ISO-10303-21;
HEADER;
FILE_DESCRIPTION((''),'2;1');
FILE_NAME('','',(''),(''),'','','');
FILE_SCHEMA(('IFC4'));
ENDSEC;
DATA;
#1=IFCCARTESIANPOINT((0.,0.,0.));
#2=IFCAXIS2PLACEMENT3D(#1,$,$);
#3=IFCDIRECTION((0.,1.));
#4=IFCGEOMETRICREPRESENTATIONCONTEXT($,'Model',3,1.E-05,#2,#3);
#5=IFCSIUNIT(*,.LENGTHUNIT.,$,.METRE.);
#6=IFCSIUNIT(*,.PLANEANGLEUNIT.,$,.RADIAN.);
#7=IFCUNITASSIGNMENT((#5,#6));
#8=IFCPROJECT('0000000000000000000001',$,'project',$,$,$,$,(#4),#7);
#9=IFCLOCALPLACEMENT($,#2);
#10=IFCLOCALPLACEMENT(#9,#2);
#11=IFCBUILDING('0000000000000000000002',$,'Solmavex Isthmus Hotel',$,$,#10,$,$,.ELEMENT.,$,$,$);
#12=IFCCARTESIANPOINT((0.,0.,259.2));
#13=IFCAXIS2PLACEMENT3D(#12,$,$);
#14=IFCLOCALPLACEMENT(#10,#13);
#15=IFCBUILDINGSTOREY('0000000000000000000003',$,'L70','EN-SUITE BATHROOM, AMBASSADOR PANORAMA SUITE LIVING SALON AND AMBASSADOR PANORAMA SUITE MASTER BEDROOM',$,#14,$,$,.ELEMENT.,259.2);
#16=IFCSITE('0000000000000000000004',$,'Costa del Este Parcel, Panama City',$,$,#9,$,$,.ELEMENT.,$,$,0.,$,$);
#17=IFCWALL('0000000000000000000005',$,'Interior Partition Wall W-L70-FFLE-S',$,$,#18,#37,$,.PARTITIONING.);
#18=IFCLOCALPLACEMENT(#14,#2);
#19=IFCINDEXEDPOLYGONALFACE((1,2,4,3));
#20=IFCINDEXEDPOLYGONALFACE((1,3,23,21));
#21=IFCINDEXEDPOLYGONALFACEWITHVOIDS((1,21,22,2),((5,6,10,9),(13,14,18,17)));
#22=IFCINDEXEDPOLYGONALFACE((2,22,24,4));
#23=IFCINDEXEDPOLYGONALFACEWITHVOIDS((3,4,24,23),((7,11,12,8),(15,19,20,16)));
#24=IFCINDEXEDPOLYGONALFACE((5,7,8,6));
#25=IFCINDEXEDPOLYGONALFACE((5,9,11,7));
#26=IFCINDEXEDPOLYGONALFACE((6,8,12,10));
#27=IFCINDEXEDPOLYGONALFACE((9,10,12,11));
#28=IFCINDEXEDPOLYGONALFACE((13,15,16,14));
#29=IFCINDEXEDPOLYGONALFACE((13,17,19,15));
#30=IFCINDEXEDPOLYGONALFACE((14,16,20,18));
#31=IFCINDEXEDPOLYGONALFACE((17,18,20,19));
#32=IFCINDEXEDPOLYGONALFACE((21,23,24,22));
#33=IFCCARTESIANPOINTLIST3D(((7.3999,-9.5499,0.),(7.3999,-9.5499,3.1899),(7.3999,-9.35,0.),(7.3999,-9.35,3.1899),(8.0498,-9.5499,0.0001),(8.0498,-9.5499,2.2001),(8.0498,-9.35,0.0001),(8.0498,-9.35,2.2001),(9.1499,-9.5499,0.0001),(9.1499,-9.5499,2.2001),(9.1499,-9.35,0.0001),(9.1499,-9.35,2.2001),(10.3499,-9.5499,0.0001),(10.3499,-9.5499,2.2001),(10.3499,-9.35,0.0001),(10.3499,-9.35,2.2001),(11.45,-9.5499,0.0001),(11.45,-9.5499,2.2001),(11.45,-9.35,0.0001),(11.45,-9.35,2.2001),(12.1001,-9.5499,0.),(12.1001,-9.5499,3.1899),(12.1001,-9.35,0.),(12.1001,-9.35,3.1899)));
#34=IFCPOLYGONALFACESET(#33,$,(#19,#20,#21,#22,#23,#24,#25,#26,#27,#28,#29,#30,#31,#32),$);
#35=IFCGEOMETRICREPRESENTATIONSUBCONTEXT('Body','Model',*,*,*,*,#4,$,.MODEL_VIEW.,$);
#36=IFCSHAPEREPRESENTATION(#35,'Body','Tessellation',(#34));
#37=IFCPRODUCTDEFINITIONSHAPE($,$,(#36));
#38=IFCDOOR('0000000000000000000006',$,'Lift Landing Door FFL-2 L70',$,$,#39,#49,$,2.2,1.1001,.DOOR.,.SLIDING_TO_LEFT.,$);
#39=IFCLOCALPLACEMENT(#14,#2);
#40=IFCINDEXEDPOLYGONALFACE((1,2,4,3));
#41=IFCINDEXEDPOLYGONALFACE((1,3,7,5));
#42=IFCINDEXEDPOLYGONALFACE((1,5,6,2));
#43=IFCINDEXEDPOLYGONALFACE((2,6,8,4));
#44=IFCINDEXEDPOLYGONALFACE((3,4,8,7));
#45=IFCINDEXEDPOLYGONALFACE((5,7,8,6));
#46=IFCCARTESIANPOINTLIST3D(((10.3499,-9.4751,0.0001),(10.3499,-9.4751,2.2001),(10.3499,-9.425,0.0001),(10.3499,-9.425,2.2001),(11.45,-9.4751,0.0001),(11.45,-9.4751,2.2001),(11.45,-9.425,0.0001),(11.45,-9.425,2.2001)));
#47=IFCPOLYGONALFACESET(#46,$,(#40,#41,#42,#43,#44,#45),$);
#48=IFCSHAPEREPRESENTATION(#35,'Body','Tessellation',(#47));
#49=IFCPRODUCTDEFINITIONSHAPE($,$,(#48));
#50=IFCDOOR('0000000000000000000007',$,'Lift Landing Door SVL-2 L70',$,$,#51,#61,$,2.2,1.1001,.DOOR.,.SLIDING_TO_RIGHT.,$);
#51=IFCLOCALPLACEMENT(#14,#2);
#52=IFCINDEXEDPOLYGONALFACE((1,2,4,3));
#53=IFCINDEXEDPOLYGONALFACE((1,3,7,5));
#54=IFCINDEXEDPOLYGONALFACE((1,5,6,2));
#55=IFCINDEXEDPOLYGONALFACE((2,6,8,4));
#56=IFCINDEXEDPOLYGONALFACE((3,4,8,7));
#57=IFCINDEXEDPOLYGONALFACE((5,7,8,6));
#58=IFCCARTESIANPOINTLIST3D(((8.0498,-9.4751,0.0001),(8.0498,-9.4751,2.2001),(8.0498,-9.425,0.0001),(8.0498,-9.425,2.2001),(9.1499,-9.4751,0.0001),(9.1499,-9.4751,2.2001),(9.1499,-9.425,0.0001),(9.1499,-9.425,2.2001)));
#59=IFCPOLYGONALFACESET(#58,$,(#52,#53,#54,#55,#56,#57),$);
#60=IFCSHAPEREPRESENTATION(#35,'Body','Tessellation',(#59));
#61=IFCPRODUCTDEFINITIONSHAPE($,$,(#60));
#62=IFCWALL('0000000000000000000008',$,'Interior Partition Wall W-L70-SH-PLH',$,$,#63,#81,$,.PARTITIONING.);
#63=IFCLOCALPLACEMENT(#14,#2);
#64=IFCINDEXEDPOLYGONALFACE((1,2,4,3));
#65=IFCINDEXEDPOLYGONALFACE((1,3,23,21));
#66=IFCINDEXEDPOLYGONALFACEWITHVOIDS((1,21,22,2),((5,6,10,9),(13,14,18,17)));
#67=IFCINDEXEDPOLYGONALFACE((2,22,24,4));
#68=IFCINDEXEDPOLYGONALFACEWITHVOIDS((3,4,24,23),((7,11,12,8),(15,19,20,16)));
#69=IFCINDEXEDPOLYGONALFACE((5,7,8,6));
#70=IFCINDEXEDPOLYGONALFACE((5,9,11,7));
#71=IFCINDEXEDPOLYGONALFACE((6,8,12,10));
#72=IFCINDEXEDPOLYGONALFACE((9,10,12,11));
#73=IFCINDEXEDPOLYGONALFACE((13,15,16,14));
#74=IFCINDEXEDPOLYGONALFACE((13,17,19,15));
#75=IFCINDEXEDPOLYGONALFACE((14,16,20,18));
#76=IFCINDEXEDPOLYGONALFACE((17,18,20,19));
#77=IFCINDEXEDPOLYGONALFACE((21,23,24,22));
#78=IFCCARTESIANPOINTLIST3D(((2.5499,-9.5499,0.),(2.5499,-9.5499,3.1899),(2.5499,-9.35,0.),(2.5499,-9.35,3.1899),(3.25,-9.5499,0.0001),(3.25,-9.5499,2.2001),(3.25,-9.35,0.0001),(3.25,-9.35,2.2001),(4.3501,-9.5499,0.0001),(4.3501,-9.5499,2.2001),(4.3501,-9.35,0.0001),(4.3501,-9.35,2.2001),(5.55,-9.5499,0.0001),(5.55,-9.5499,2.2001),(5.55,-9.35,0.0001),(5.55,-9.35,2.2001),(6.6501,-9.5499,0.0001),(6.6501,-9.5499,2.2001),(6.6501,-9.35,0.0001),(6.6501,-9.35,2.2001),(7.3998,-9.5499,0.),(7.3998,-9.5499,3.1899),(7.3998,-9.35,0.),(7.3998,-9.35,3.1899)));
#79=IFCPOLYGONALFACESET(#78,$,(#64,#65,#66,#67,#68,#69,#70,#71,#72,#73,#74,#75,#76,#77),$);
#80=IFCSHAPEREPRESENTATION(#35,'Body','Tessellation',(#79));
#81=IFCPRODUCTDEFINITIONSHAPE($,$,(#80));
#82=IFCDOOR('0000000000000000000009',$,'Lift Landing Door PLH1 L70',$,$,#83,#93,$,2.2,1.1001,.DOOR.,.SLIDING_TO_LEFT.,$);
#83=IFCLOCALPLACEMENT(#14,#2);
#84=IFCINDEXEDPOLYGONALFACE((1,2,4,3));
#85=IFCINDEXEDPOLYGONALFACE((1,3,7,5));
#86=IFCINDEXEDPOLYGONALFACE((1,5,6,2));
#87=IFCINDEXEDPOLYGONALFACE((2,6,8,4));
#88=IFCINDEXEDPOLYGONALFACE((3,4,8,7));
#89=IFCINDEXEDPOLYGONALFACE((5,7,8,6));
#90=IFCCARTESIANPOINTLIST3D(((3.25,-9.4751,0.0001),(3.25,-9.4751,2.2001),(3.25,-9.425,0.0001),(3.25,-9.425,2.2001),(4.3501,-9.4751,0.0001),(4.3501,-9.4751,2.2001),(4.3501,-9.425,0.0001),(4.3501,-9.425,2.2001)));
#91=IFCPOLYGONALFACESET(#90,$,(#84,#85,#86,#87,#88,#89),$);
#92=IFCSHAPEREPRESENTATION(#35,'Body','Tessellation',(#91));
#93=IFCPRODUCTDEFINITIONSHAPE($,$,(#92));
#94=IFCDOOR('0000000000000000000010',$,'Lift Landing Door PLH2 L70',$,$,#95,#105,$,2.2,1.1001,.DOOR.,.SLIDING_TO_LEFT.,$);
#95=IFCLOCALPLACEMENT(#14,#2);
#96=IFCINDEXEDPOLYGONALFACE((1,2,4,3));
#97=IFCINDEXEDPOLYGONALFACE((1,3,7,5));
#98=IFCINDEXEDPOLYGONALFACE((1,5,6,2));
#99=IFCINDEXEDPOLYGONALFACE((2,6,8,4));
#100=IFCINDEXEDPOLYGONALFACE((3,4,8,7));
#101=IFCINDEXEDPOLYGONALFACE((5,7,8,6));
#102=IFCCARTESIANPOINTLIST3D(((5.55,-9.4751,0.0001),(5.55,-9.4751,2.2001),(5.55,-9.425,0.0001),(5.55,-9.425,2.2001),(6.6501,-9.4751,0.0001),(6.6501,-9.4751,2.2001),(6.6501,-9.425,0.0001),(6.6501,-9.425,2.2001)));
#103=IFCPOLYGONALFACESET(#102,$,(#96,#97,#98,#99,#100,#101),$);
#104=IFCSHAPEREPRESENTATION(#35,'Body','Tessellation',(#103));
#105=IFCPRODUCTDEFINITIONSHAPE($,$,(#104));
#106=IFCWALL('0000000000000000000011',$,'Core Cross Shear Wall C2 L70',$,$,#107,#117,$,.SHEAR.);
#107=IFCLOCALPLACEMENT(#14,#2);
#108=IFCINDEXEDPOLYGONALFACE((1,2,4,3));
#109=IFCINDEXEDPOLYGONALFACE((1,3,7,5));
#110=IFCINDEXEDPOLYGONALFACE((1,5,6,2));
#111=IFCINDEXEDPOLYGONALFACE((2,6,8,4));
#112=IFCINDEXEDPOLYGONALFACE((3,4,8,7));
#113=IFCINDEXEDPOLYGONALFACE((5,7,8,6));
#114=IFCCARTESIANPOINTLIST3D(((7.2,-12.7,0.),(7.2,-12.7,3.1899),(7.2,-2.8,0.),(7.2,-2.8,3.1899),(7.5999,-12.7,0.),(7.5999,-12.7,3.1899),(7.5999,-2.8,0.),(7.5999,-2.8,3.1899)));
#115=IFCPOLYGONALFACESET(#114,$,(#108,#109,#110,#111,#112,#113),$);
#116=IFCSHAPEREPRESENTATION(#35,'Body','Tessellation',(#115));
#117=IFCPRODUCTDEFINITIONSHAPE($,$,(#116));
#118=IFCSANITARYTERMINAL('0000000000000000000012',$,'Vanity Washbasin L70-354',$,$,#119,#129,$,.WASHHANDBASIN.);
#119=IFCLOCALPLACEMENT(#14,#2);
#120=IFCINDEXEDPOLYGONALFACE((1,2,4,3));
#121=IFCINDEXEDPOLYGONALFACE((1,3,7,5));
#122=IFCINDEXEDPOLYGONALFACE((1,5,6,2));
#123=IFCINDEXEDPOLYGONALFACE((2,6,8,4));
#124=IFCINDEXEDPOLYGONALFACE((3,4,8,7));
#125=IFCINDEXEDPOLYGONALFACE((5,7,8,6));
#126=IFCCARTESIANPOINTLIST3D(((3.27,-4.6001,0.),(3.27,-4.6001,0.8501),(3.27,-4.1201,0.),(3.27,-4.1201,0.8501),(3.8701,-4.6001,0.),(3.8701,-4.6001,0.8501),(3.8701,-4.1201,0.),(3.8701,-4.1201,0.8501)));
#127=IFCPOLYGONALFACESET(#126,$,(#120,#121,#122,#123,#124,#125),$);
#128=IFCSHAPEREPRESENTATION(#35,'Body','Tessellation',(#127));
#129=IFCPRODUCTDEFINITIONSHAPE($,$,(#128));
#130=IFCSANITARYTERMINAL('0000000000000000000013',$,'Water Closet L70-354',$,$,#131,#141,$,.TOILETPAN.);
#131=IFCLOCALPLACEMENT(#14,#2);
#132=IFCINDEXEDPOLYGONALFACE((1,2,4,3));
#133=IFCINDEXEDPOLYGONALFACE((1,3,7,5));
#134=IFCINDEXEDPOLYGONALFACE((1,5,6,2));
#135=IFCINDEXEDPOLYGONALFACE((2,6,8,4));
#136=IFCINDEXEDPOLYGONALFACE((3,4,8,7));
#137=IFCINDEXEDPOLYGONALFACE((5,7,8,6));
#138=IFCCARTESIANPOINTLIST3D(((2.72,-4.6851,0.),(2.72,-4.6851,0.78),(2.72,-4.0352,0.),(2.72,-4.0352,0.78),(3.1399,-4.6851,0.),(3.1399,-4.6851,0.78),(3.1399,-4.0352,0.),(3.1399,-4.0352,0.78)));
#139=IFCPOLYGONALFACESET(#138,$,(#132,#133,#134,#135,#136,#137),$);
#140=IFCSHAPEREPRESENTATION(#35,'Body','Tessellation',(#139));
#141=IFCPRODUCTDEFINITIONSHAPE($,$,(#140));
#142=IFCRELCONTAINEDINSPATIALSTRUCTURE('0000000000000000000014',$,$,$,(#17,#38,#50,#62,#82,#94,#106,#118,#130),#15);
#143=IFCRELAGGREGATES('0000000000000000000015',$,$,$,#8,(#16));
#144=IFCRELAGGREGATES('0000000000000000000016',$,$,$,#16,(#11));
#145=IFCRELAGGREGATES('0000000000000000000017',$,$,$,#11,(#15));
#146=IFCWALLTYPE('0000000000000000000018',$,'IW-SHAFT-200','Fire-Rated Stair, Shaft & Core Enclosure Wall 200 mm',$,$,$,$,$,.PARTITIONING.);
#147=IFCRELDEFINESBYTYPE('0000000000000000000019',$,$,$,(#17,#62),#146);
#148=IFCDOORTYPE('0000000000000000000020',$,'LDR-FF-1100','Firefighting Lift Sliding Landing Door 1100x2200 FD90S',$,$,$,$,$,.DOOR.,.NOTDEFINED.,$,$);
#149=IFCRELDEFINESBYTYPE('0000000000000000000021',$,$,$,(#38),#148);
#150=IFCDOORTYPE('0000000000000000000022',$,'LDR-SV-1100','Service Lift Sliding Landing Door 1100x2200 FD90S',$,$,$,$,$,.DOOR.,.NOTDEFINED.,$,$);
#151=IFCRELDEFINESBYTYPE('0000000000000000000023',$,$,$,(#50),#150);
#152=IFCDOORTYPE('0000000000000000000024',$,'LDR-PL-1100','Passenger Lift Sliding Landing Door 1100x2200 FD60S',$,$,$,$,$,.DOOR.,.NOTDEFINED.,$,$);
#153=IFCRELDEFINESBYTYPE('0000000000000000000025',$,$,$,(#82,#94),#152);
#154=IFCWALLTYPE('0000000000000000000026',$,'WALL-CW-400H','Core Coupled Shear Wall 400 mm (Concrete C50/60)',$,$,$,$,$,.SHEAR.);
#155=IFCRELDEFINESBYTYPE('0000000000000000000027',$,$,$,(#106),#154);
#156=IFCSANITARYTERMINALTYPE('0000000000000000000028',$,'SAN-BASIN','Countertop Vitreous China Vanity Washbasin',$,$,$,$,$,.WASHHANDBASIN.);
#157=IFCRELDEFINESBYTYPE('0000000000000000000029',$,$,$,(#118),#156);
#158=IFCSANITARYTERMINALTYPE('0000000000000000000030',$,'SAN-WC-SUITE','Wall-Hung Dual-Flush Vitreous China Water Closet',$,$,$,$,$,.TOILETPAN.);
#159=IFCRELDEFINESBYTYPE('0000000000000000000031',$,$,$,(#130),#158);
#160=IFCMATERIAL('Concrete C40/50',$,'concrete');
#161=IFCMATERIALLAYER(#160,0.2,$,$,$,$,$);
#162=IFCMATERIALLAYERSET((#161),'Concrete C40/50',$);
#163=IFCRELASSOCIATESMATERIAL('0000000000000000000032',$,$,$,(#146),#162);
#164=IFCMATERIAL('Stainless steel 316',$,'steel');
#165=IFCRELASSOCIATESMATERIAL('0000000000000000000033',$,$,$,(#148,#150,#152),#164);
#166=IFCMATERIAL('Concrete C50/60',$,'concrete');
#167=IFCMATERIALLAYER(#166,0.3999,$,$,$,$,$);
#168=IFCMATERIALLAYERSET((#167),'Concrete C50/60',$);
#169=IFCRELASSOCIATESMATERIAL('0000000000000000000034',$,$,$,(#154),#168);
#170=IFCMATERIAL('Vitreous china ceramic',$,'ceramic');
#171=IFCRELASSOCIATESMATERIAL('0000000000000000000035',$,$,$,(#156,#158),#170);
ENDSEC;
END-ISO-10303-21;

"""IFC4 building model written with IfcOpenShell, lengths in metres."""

from ifc_helpers import new_model, si_unit, direction, frame, frame_2d, origin, origin_2d, place, context, subcontext, project, spatial, rectangle, extrude, material, layer, layer_set, type_object, element, fill, save


model = new_model("IFC4")

# Units and contexts
model_context = context("Model", 3, precision=1e-05, world=origin(), true_north=direction((0.0, 1.0)))
body_context = subcontext(model_context, "Body", "Model", "MODEL_VIEW")
ifc_project = project(units=[si_unit("LENGTHUNIT", "METRE"), si_unit("PLANEANGLEUNIT", "RADIAN")], contexts=[model_context])

# Site, building, storey
site_placement = place(None, origin())
site = spatial("IfcSite", under=ifc_project, at=site_placement, Name="Costa del Este Parcel, Panama City", CompositionType="ELEMENT", RefElevation=0.0)
building_placement = place(site_placement, origin())
building = spatial("IfcBuilding", under=site, at=building_placement, Name="Solmavex Isthmus Hotel", CompositionType="ELEMENT")
storey_placement = place(building_placement, frame((0.0, 0.0, 259.2)))
storey = spatial("IfcBuildingStorey", under=building, at=storey_placement, Name="L70", Description="EN-SUITE BATHROOM, AMBASSADOR PANORAMA SUITE LIVING SALON AND AMBASSADOR PANORAMA SUITE MASTER BEDROOM", CompositionType="ELEMENT", Elevation=259.2)

# Shared definitions
ifc_material_1 = material(Name="Concrete C50/60", Category="concrete")

# Shared definitions
ifc_material_2 = material(Name="Concrete C40/50", Category="concrete")

# Walls, openings, doors
ifc_layer_1 = layer(ifc_material_2, 0.2)
ifc_layer_set_1 = layer_set([ifc_layer_1], Name="Concrete C40/50")
wall_type_1 = type_object("IfcWallType", Name="IW-SHAFT-200", Description="Fire-Rated Stair, Shaft & Core Enclosure Wall 200 mm", PredefinedType="PARTITIONING", material=ifc_layer_set_1)
wall_1_placement = place(storey_placement, frame((7.3999, -9.45, 0.0), z_axis=(0.0, 0.0, 1.0), x_axis=(1.0, 0.0, 0.0)))
wall_1 = element("IfcWall", 1, at=wall_1_placement, inside=storey, type_object=wall_type_1, Name="Interior Partition Wall W-L70-FFLE-S", PredefinedType="PARTITIONING", context=body_context, shape_type="SweptSolid", body=[
    extrude(rectangle(XDim=4.7002, YDim=0.2, at=frame_2d((2.3501, 0.0))), origin(), (0.0, 0.0, 1.0), 3.1899),
])
opening_1_placement = place(wall_1_placement, frame((2.95, 0.0, 0.0)))
opening_1 = element("IfcOpeningElement", 2, at=opening_1_placement, cuts=wall_1, PredefinedType="OPENING", context=body_context, shape_type="SweptSolid", body=[
    extrude(rectangle(XDim=1.1001, YDim=2.2, at=frame_2d((0.55, 1.1001))), frame((0.0, 0.1099, 0.0), z_axis=(0.0, -1.0, 0.0), x_axis=(1.0, 0.0, 0.0)), (0.0, 0.0, 1.0), 0.22),
])
opening_2_placement = place(wall_1_placement, frame((0.6499, 0.0, 0.0)))
opening_2 = element("IfcOpeningElement", 3, at=opening_2_placement, cuts=wall_1, PredefinedType="OPENING", context=body_context, shape_type="SweptSolid", body=[
    extrude(rectangle(XDim=1.1001, YDim=2.2, at=frame_2d((0.55, 1.1001))), frame((0.0, 0.1099, 0.0), z_axis=(0.0, -1.0, 0.0), x_axis=(1.0, 0.0, 0.0)), (0.0, 0.0, 1.0), 0.22),
])
ifc_material_3 = material(Name="Stainless steel 316", Category="steel")
door_type_1 = type_object("IfcDoorType", Name="LDR-FF-1100", Description="Firefighting Lift Sliding Landing Door 1100x2200 FD90S", OperationType="NOTDEFINED", PredefinedType="DOOR", material=ifc_material_3)
door_1_placement = place(opening_1_placement, origin())
door_1 = element("IfcDoor", 4, at=door_1_placement, inside=storey, type_object=door_type_1, Name="Lift Landing Door FFL-2 L70", OperationType="SLIDING_TO_LEFT", OverallHeight=2.2, OverallWidth=1.1001, PredefinedType="DOOR", context=body_context, shape_type="SweptSolid", body=[
    extrude(rectangle(XDim=1.1001, YDim=2.2, at=frame_2d((0.55, 1.1001))), frame((0.0, 0.0249, 0.0), z_axis=(0.0, -1.0, 0.0), x_axis=(1.0, 0.0, 0.0)), (0.0, 0.0, 1.0), 0.05),
])
fill(opening_1, door_1)
door_type_2 = type_object("IfcDoorType", Name="LDR-SV-1100", Description="Service Lift Sliding Landing Door 1100x2200 FD90S", OperationType="NOTDEFINED", PredefinedType="DOOR", material=ifc_material_3)
door_2_placement = place(opening_2_placement, origin())
door_2 = element("IfcDoor", 5, at=door_2_placement, inside=storey, type_object=door_type_2, Name="Lift Landing Door SVL-2 L70", OperationType="SLIDING_TO_RIGHT", OverallHeight=2.2, OverallWidth=1.1001, PredefinedType="DOOR", context=body_context, shape_type="SweptSolid", body=[
    extrude(rectangle(XDim=1.1001, YDim=2.2, at=frame_2d((0.55, 1.1001))), frame((0.0, 0.0249, 0.0), z_axis=(0.0, -1.0, 0.0), x_axis=(1.0, 0.0, 0.0)), (0.0, 0.0, 1.0), 0.05),
])
fill(opening_2, door_2)
wall_2_placement = place(storey_placement, frame((2.55, -9.45, 0.0), z_axis=(0.0, 0.0, 1.0), x_axis=(1.0, 0.0, 0.0)))
wall_2 = element("IfcWall", 6, at=wall_2_placement, inside=storey, type_object=wall_type_1, Name="Interior Partition Wall W-L70-SH-PLH", PredefinedType="PARTITIONING", context=body_context, shape_type="SweptSolid", body=[
    extrude(rectangle(XDim=4.8499, YDim=0.2, at=frame_2d((2.4248, 0.0))), origin(), (0.0, 0.0, 1.0), 3.1899),
])
opening_3_placement = place(wall_2_placement, frame((0.7, 0.0, 0.0)))
opening_3 = element("IfcOpeningElement", 7, at=opening_3_placement, cuts=wall_2, PredefinedType="OPENING", context=body_context, shape_type="SweptSolid", body=[
    extrude(rectangle(XDim=1.1001, YDim=2.2, at=frame_2d((0.55, 1.1001))), frame((0.0, 0.1099, 0.0), z_axis=(0.0, -1.0, 0.0), x_axis=(1.0, 0.0, 0.0)), (0.0, 0.0, 1.0), 0.22),
])
opening_4_placement = place(wall_2_placement, frame((3.0, 0.0, 0.0)))
opening_4 = element("IfcOpeningElement", 8, at=opening_4_placement, cuts=wall_2, PredefinedType="OPENING", context=body_context, shape_type="SweptSolid", body=[
    extrude(rectangle(XDim=1.1001, YDim=2.2, at=frame_2d((0.55, 1.1001))), frame((0.0, 0.1099, 0.0), z_axis=(0.0, -1.0, 0.0), x_axis=(1.0, 0.0, 0.0)), (0.0, 0.0, 1.0), 0.22),
])
door_type_3 = type_object("IfcDoorType", Name="LDR-PL-1100", Description="Passenger Lift Sliding Landing Door 1100x2200 FD60S", OperationType="NOTDEFINED", PredefinedType="DOOR", material=ifc_material_3)
door_3_placement = place(opening_3_placement, origin())
door_3 = element("IfcDoor", 9, at=door_3_placement, inside=storey, type_object=door_type_3, Name="Lift Landing Door PLH1 L70", OperationType="SLIDING_TO_LEFT", OverallHeight=2.2, OverallWidth=1.1001, PredefinedType="DOOR", context=body_context, shape_type="SweptSolid", body=[
    extrude(rectangle(XDim=1.1001, YDim=2.2, at=frame_2d((0.55, 1.1001))), frame((0.0, 0.0249, 0.0), z_axis=(0.0, -1.0, 0.0), x_axis=(1.0, 0.0, 0.0)), (0.0, 0.0, 1.0), 0.05),
])
fill(opening_3, door_3)
door_4_placement = place(opening_4_placement, origin())
door_4 = element("IfcDoor", 10, at=door_4_placement, inside=storey, type_object=door_type_3, Name="Lift Landing Door PLH2 L70", OperationType="SLIDING_TO_LEFT", OverallHeight=2.2, OverallWidth=1.1001, PredefinedType="DOOR", context=body_context, shape_type="SweptSolid", body=[
    extrude(rectangle(XDim=1.1001, YDim=2.2, at=frame_2d((0.55, 1.1001))), frame((0.0, 0.0249, 0.0), z_axis=(0.0, -1.0, 0.0), x_axis=(1.0, 0.0, 0.0)), (0.0, 0.0, 1.0), 0.05),
])
fill(opening_4, door_4)

# Wall
ifc_layer_2 = layer(ifc_material_1, 0.3999)
ifc_layer_set_2 = layer_set([ifc_layer_2], Name="Concrete C50/60")
wall_type_2 = type_object("IfcWallType", Name="WALL-CW-400H", Description="Core Coupled Shear Wall 400 mm (Concrete C50/60)", PredefinedType="SHEAR", material=ifc_layer_set_2)
wall_3_placement = place(storey_placement, frame((7.3999, -12.7, 0.0), z_axis=(0.0, 0.0, 1.0), x_axis=(0.0, 1.0, 0.0)))
element("IfcWall", 11, at=wall_3_placement, inside=storey, type_object=wall_type_2, Name="Core Cross Shear Wall C2 L70", PredefinedType="SHEAR", context=body_context, shape_type="SweptSolid", body=[
    extrude(rectangle(XDim=9.8999, YDim=0.3999, at=frame_2d((4.95, 0.0))), origin(), (0.0, 0.0, 1.0), 3.1899),
])

# Sanitary terminals
ifc_material_4 = material(Name="Vitreous china ceramic", Category="ceramic")
sanitary_terminal_type_1 = type_object("IfcSanitaryTerminalType", Name="SAN-BASIN", Description="Countertop Vitreous China Vanity Washbasin", PredefinedType="WASHHANDBASIN", material=ifc_material_4)
sanitary_terminal_1_placement = place(storey_placement, frame((3.5701, -4.3601, 0.0), z_axis=(0.0, 0.0, 1.0), x_axis=(1.0, 0.0, 0.0)))
element("IfcSanitaryTerminal", 12, at=sanitary_terminal_1_placement, inside=storey, type_object=sanitary_terminal_type_1, Name="Vanity Washbasin L70-354", PredefinedType="WASHHANDBASIN", context=body_context, shape_type="SweptSolid", body=[
    extrude(rectangle(XDim=0.6001, YDim=0.48, at=origin_2d()), origin(), (0.0, 0.0, 1.0), 0.8501),
])
sanitary_terminal_type_2 = type_object("IfcSanitaryTerminalType", Name="SAN-WC-SUITE", Description="Wall-Hung Dual-Flush Vitreous China Water Closet", PredefinedType="TOILETPAN", material=ifc_material_4)
sanitary_terminal_2_placement = place(storey_placement, frame((2.9299, -4.3601, 0.0), z_axis=(0.0, 0.0, 1.0), x_axis=(1.0, 0.0, 0.0)))
element("IfcSanitaryTerminal", 13, at=sanitary_terminal_2_placement, inside=storey, type_object=sanitary_terminal_type_2, Name="Water Closet L70-354", PredefinedType="TOILETPAN", context=body_context, shape_type="SweptSolid", body=[
    extrude(rectangle(XDim=0.4199, YDim=0.6499, at=origin_2d()), origin(), (0.0, 0.0, 1.0), 0.78),
])

save(model, "model.ifc")
